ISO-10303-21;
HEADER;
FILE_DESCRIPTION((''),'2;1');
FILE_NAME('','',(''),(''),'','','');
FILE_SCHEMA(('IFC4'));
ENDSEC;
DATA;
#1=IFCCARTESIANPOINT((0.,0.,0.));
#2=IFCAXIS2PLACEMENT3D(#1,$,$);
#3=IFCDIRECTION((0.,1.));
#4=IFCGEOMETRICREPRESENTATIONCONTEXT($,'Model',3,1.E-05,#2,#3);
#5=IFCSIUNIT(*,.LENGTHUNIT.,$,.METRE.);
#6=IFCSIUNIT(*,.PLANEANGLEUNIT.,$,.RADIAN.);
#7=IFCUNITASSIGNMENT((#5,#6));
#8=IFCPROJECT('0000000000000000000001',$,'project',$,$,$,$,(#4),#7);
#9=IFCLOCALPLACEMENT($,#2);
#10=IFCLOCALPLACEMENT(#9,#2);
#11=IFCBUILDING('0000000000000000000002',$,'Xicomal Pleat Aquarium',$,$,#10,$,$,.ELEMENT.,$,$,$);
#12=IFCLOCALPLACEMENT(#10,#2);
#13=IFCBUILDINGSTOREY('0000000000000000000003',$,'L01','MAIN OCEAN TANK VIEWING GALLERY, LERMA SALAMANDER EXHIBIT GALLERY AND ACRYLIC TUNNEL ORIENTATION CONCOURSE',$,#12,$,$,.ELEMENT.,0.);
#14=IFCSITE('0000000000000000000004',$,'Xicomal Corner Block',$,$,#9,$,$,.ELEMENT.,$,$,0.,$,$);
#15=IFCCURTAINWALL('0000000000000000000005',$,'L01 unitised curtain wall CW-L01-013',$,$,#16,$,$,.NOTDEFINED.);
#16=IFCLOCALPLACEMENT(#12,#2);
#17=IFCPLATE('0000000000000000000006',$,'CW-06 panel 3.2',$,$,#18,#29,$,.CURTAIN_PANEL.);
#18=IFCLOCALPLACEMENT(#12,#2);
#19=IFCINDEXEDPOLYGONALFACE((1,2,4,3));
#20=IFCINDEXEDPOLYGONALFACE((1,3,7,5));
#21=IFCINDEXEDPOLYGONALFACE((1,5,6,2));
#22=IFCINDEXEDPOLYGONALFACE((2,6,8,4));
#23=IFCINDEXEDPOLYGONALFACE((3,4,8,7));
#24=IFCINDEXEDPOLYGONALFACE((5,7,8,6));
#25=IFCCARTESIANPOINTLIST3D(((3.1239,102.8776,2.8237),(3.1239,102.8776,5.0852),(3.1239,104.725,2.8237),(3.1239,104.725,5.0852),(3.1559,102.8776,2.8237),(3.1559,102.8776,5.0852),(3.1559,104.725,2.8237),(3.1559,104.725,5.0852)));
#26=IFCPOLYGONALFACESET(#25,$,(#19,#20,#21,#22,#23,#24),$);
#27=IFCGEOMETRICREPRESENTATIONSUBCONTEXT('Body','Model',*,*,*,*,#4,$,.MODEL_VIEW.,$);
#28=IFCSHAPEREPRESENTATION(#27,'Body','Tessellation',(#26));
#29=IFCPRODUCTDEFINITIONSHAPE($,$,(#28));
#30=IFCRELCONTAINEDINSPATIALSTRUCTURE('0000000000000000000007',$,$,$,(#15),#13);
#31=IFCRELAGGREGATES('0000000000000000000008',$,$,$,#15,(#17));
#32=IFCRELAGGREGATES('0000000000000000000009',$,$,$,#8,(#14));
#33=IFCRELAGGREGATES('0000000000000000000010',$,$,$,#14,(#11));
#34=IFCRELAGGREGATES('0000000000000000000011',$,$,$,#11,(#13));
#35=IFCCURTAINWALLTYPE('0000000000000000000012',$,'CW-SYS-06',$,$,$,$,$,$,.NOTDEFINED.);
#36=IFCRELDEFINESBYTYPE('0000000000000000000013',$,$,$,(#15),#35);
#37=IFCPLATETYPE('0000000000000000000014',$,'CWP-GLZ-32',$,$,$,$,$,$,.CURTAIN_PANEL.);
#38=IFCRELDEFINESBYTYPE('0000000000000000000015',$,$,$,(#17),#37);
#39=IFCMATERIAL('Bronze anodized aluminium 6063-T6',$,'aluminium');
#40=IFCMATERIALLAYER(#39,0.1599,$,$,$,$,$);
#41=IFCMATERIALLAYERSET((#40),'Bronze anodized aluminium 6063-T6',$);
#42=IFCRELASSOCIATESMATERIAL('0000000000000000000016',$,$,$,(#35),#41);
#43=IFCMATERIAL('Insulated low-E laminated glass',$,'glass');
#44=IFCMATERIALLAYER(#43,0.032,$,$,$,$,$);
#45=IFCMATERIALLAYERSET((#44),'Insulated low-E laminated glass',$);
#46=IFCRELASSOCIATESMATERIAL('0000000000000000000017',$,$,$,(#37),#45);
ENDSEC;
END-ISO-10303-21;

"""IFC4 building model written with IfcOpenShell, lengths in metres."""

from ifc_helpers import new_model, si_unit, direction, frame, origin, origin_2d, place, context, subcontext, project, spatial, rectangle, extrude, material, layer, layer_set, type_object, element, aggregate, save


model = new_model("IFC4")

# Units and contexts
model_context = context("Model", 3, precision=1e-05, world=origin(), true_north=direction((0.0, 1.0)))
body_context = subcontext(model_context, "Body", "Model", "MODEL_VIEW")
ifc_project = project(units=[si_unit("LENGTHUNIT", "METRE"), si_unit("PLANEANGLEUNIT", "RADIAN")], contexts=[model_context])

# Site, building, storey
site_placement = place(None, origin())
site = spatial("IfcSite", under=ifc_project, at=site_placement, Name="Xicomal Corner Block", CompositionType="ELEMENT", RefElevation=0.0)
building_placement = place(site_placement, origin())
building = spatial("IfcBuilding", under=site, at=building_placement, Name="Xicomal Pleat Aquarium", CompositionType="ELEMENT")
storey_placement = place(building_placement, origin())
storey = spatial("IfcBuildingStorey", under=building, at=storey_placement, Name="L01", Description="MAIN OCEAN TANK VIEWING GALLERY, LERMA SALAMANDER EXHIBIT GALLERY AND ACRYLIC TUNNEL ORIENTATION CONCOURSE", CompositionType="ELEMENT", Elevation=0.0)

# Curtain wall
ifc_material_1 = material(Name="Bronze anodized aluminium 6063-T6", Category="aluminium")
ifc_layer_1 = layer(ifc_material_1, 0.1599)
ifc_layer_set_1 = layer_set([ifc_layer_1], Name="Bronze anodized aluminium 6063-T6")
curtain_wall_type_1 = type_object("IfcCurtainWallType", Name="CW-SYS-06", PredefinedType="NOTDEFINED", material=ifc_layer_set_1)
curtain_wall_1_placement = place(storey_placement, origin())
curtain_wall_1 = element("IfcCurtainWall", 1, at=curtain_wall_1_placement, inside=storey, type_object=curtain_wall_type_1, Name="L01 unitised curtain wall CW-L01-013", PredefinedType="NOTDEFINED")

# Plate
ifc_material_2 = material(Name="Insulated low-E laminated glass", Category="glass")
ifc_layer_2 = layer(ifc_material_2, 0.032)
ifc_layer_set_2 = layer_set([ifc_layer_2], Name="Insulated low-E laminated glass")
plate_type_1 = type_object("IfcPlateType", Name="CWP-GLZ-32", PredefinedType="CURTAIN_PANEL", material=ifc_layer_set_2)
plate_1_placement = place(storey_placement, frame((3.1399, 103.8013, 2.8237), z_axis=(0.0, 0.0, 1.0), x_axis=(0.0, 1.0, 0.0)))
plate_1 = element("IfcPlate", 2, at=plate_1_placement, type_object=plate_type_1, Name="CW-06 panel 3.2", PredefinedType="CURTAIN_PANEL", context=body_context, shape_type="SweptSolid", body=[
    extrude(rectangle(XDim=1.8474, YDim=0.032, at=origin_2d()), origin(), (0.0, 0.0, 1.0), 2.2615),
])
aggregate(curtain_wall_1, [plate_1])

save(model, "model.ifc")
